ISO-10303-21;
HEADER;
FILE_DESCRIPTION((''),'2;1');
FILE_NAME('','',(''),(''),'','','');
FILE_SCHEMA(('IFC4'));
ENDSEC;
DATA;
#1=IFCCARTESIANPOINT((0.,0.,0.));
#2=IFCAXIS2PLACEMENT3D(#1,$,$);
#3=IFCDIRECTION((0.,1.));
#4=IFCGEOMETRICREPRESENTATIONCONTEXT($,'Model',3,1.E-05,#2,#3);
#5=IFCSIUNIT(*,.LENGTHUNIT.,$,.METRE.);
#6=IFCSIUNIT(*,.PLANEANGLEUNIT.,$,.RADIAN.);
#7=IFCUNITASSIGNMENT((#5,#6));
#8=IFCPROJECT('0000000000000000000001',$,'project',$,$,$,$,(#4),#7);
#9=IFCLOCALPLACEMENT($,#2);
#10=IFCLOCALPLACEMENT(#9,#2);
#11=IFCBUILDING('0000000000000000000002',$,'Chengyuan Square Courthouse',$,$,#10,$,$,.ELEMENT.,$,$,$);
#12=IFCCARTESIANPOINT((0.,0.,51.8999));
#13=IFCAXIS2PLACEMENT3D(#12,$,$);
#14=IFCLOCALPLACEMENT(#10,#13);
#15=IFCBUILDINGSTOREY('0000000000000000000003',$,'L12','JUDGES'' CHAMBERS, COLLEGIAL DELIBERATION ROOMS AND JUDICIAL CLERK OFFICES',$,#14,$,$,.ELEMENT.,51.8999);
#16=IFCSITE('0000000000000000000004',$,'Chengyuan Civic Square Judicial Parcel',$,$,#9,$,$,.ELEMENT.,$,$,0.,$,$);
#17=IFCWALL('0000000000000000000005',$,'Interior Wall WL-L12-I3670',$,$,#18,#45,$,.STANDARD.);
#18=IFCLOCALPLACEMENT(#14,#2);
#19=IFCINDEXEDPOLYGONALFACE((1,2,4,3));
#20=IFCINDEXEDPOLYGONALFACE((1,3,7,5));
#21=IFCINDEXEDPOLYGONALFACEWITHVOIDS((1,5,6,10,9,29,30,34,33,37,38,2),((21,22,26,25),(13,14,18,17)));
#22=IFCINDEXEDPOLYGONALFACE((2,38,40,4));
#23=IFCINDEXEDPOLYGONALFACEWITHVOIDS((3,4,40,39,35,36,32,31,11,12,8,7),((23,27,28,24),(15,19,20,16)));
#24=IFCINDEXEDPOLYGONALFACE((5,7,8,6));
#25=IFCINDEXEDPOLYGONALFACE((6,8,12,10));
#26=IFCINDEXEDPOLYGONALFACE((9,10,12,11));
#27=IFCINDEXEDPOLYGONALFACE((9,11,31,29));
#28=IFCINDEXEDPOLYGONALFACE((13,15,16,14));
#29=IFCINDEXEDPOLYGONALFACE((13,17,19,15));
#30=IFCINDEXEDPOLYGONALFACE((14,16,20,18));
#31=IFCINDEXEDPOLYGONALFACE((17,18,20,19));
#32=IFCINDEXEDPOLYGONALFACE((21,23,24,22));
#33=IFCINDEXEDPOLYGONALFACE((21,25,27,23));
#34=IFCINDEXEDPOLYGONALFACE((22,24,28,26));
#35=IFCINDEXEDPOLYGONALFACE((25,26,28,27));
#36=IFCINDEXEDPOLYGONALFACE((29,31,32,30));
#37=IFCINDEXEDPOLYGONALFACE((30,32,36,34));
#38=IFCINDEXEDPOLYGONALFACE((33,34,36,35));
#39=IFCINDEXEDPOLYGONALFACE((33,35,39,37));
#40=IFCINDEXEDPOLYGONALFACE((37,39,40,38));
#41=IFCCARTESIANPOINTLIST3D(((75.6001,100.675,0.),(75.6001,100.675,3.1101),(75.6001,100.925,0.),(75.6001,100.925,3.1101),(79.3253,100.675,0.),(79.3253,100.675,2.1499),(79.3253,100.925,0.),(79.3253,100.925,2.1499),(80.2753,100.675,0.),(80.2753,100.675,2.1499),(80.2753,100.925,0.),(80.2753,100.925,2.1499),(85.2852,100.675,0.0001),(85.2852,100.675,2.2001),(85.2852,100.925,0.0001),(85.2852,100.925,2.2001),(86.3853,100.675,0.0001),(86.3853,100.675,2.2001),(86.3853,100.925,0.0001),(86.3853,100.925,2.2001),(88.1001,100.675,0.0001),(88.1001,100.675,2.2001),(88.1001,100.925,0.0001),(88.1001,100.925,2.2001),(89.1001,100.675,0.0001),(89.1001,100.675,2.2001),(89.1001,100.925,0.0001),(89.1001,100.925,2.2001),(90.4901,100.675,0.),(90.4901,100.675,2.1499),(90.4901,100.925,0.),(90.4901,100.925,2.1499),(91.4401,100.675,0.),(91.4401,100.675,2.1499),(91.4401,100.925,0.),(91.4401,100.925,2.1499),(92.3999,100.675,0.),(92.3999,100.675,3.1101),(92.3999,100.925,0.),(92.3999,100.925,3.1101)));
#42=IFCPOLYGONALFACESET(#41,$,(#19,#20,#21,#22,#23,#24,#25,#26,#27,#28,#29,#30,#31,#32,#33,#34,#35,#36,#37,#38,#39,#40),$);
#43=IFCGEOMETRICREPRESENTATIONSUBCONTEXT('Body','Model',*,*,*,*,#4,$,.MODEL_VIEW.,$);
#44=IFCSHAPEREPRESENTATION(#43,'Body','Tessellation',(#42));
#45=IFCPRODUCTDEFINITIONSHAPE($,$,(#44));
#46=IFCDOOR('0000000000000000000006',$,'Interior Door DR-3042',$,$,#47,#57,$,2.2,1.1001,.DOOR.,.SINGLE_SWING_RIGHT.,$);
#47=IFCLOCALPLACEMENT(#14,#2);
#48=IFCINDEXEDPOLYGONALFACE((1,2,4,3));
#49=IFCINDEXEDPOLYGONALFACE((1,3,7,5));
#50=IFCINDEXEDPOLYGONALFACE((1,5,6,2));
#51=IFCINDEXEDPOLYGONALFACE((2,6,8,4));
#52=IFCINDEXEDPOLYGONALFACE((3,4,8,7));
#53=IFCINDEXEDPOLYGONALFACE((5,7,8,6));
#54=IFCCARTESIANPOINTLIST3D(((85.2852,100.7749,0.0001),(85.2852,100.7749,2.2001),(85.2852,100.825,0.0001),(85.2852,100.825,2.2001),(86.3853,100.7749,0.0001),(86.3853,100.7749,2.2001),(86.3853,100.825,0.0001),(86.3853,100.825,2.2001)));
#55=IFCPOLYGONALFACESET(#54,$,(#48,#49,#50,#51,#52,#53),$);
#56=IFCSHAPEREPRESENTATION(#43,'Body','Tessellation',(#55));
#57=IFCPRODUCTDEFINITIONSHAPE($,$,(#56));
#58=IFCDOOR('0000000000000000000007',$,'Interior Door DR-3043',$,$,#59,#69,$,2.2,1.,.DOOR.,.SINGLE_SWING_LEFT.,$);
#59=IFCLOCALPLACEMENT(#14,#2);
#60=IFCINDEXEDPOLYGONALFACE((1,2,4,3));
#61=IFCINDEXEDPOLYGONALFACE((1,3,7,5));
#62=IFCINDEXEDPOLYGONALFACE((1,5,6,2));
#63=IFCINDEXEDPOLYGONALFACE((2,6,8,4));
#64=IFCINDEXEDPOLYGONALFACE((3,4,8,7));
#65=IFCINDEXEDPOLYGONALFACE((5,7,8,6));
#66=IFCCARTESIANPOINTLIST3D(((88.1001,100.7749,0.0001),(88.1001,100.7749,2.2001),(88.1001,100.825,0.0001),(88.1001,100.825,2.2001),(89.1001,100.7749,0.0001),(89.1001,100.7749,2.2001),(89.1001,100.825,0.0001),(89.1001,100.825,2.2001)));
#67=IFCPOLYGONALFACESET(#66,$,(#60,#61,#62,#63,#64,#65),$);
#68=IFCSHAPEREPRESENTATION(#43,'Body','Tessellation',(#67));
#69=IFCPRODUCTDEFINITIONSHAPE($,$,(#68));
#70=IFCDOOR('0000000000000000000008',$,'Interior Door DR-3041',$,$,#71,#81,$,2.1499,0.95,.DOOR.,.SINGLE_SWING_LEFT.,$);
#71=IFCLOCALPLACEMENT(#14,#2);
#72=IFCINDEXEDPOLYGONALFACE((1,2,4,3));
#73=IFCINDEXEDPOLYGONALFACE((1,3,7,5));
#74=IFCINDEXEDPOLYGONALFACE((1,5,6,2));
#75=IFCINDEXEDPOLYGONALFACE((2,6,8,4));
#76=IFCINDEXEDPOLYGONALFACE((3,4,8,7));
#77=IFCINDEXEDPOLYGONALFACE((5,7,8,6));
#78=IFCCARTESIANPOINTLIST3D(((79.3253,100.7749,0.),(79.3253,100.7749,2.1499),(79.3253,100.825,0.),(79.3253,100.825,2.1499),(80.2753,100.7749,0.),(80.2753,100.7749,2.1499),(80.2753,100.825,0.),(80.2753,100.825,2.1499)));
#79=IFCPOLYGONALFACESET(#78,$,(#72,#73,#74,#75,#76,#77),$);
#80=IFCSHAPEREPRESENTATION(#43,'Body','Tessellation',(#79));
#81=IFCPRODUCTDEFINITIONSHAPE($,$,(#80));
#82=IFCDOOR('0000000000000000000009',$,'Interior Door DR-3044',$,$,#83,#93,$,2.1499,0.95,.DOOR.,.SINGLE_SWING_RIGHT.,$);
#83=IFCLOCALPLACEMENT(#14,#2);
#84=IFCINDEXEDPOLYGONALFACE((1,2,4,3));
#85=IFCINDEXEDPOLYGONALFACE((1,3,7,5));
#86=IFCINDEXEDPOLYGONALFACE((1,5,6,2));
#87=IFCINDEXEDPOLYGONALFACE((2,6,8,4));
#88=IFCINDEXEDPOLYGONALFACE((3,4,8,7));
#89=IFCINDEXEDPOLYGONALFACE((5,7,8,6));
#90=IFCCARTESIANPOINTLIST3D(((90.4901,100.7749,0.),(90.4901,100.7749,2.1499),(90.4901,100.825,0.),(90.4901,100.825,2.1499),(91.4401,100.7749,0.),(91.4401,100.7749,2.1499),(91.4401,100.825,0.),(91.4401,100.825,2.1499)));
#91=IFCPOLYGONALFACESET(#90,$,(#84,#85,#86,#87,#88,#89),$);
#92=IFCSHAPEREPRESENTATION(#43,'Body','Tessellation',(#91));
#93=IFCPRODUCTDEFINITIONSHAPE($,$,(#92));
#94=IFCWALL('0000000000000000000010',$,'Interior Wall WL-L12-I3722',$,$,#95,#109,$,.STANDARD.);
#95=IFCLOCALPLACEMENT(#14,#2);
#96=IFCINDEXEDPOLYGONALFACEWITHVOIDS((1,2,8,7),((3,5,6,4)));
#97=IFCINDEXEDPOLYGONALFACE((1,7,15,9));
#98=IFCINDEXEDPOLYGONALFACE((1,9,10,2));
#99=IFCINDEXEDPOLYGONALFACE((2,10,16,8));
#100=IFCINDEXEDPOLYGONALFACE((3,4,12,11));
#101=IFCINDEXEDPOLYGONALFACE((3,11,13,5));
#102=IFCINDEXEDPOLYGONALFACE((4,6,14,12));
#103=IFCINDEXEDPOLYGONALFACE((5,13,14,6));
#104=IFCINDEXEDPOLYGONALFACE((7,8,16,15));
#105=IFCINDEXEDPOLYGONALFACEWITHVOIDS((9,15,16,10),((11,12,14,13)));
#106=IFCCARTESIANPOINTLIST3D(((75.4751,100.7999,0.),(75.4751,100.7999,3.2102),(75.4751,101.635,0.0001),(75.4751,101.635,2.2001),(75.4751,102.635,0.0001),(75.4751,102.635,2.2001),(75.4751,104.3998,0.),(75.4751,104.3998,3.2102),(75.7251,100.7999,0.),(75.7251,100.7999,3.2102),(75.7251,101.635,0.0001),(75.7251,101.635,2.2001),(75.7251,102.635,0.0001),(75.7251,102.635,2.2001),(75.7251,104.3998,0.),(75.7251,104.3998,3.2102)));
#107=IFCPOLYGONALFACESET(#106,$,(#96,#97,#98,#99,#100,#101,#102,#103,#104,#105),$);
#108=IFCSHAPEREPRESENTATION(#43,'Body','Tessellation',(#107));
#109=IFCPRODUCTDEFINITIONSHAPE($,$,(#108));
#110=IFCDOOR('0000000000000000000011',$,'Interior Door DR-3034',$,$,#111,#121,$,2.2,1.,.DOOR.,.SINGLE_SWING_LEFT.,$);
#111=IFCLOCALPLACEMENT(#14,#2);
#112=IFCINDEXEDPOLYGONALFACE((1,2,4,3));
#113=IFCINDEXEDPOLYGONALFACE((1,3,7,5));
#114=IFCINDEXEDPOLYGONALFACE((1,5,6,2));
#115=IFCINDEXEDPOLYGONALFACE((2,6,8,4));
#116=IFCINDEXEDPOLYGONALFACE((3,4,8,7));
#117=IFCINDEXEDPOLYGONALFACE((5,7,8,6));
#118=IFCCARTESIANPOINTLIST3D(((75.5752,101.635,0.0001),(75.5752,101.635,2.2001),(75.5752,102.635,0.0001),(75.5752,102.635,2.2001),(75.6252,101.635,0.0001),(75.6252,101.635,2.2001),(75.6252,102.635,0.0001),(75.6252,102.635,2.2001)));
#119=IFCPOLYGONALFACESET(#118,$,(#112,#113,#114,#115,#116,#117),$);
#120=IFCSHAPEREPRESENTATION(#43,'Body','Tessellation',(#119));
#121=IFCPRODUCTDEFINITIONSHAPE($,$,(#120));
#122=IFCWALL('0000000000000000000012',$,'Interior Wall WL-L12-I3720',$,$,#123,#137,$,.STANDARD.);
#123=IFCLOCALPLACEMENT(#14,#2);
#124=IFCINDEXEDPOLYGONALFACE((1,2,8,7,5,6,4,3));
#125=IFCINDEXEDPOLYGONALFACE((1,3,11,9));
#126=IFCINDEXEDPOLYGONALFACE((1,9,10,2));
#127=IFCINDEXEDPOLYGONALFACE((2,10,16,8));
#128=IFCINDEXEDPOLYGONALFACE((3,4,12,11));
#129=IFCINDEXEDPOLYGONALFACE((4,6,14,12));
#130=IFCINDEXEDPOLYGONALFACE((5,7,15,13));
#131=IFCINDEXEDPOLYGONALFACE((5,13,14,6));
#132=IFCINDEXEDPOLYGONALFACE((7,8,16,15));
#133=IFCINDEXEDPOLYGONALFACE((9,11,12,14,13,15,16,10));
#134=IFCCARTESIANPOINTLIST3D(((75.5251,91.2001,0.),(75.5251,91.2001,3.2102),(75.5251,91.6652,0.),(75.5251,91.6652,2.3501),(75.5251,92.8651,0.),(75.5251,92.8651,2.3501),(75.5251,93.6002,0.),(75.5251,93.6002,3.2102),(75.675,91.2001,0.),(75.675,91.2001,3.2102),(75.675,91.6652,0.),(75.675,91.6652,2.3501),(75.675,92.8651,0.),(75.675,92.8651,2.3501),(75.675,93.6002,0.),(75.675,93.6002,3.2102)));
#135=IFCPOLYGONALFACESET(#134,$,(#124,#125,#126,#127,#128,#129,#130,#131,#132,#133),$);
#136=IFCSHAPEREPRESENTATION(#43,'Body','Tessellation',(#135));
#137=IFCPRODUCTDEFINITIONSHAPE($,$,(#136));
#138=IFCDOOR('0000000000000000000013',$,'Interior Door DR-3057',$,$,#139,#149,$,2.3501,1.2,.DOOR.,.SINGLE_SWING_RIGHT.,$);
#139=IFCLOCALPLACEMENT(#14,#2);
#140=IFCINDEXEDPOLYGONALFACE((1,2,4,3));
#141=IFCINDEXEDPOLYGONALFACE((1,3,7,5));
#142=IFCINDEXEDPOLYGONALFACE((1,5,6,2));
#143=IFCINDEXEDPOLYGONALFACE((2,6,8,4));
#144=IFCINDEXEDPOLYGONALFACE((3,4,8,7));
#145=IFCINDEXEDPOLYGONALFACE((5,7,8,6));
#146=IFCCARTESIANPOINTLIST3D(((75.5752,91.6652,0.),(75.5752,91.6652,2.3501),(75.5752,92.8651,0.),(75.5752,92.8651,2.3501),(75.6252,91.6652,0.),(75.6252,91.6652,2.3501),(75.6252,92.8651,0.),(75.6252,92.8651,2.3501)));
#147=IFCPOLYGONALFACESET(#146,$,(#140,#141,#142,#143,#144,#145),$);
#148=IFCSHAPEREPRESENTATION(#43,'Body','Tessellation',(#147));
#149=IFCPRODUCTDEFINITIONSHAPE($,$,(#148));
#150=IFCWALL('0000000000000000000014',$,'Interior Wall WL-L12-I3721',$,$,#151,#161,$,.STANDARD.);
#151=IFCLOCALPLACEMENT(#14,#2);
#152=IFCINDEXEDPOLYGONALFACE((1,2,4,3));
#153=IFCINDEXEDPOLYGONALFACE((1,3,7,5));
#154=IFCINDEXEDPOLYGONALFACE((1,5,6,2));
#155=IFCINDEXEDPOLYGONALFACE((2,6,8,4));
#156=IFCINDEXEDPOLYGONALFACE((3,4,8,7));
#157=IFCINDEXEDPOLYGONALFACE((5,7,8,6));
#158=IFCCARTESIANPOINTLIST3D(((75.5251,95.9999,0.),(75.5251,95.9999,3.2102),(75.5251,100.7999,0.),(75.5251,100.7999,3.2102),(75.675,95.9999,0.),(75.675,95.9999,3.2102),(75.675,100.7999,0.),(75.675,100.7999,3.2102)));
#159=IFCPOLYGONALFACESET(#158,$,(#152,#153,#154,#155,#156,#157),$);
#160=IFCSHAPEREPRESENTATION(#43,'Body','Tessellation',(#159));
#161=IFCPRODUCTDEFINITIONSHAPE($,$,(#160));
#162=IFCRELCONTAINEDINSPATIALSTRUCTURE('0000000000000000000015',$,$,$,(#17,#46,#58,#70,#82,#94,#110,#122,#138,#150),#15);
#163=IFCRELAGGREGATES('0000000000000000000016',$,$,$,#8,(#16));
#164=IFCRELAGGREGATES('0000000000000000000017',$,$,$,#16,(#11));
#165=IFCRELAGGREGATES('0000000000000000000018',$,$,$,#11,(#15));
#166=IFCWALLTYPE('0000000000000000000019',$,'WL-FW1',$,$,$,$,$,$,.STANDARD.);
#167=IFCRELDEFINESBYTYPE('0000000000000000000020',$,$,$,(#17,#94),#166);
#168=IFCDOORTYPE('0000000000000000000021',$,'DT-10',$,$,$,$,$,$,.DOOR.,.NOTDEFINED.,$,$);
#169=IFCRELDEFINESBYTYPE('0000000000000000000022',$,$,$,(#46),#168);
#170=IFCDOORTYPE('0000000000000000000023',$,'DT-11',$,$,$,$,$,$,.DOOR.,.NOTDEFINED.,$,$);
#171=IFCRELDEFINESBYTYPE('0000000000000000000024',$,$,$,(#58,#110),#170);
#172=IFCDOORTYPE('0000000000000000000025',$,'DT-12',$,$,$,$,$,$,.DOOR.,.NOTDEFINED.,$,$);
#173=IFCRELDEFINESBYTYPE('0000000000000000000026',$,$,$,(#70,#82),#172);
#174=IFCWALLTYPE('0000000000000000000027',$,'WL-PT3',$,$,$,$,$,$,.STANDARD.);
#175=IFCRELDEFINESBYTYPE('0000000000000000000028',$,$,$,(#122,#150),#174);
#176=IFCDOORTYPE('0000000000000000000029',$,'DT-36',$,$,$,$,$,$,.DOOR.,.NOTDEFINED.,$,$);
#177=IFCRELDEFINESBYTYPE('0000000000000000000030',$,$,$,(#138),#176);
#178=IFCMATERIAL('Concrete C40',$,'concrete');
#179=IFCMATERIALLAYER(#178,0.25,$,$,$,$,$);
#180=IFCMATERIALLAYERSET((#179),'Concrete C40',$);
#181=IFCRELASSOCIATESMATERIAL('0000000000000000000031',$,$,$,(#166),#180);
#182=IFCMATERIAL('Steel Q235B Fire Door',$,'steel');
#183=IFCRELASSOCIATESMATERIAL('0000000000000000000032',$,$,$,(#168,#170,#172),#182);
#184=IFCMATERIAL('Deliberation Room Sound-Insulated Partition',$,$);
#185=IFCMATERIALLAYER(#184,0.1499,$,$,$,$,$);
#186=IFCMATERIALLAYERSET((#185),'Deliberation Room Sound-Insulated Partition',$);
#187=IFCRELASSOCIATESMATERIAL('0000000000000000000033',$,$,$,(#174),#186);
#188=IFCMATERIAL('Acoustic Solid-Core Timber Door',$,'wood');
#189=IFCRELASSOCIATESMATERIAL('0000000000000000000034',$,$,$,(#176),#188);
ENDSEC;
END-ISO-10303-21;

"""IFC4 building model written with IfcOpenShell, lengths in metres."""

from ifc_helpers import new_model, si_unit, direction, frame, frame_2d, origin, place, context, subcontext, project, spatial, rectangle, extrude, material, layer, layer_set, type_object, element, fill, save


model = new_model("IFC4")

# Units and contexts
model_context = context("Model", 3, precision=1e-05, world=origin(), true_north=direction((0.0, 1.0)))
body_context = subcontext(model_context, "Body", "Model", "MODEL_VIEW")
ifc_project = project(units=[si_unit("LENGTHUNIT", "METRE"), si_unit("PLANEANGLEUNIT", "RADIAN")], contexts=[model_context])

# Site, building, storey
site_placement = place(None, origin())
site = spatial("IfcSite", under=ifc_project, at=site_placement, Name="Chengyuan Civic Square Judicial Parcel", CompositionType="ELEMENT", RefElevation=0.0)
building_placement = place(site_placement, origin())
building = spatial("IfcBuilding", under=site, at=building_placement, Name="Chengyuan Square Courthouse", CompositionType="ELEMENT")
storey_placement = place(building_placement, frame((0.0, 0.0, 51.8999)))
storey = spatial("IfcBuildingStorey", under=building, at=storey_placement, Name="L12", Description="JUDGES' CHAMBERS, COLLEGIAL DELIBERATION ROOMS AND JUDICIAL CLERK OFFICES", CompositionType="ELEMENT", Elevation=51.8999)

# Shared definitions
ifc_material_1 = material(Name="Concrete C40", Category="concrete")

# Wall, openings, doors
ifc_layer_1 = layer(ifc_material_1, 0.25)
ifc_layer_set_1 = layer_set([ifc_layer_1], Name="Concrete C40")
wall_type_1 = type_object("IfcWallType", Name="WL-FW1", PredefinedType="STANDARD", material=ifc_layer_set_1)
wall_1_placement = place(storey_placement, frame((75.6001, 100.8, 0.0), z_axis=(0.0, 0.0, 1.0), x_axis=(1.0, 0.0, 0.0)))
wall_1 = element("IfcWall", 1, at=wall_1_placement, inside=storey, type_object=wall_type_1, Name="Interior Wall WL-L12-I3670", PredefinedType="STANDARD", context=body_context, shape_type="SweptSolid", body=[
    extrude(rectangle(XDim=16.7998, YDim=0.25, at=frame_2d((8.3999, 0.0))), origin(), (0.0, 0.0, 1.0), 3.1101),
])
opening_1_placement = place(wall_1_placement, frame((3.7251, 0.0, 0.0)))
opening_1 = element("IfcOpeningElement", 2, at=opening_1_placement, cuts=wall_1, PredefinedType="OPENING", context=body_context, shape_type="SweptSolid", body=[
    extrude(rectangle(XDim=0.95, YDim=2.1499, at=frame_2d((0.4751, 1.075))), frame((0.0, 0.137, 0.0), z_axis=(0.0, -1.0, 0.0), x_axis=(1.0, 0.0, 0.0)), (0.0, 0.0, 1.0), 0.2739),
])
opening_2_placement = place(wall_1_placement, frame((9.6851, 0.0, 0.0)))
opening_2 = element("IfcOpeningElement", 3, at=opening_2_placement, cuts=wall_1, PredefinedType="OPENING", context=body_context, shape_type="SweptSolid", body=[
    extrude(rectangle(XDim=1.1001, YDim=2.2, at=frame_2d((0.55, 1.1001))), frame((0.0, 0.137, 0.0), z_axis=(0.0, -1.0, 0.0), x_axis=(1.0, 0.0, 0.0)), (0.0, 0.0, 1.0), 0.2739),
])
opening_3_placement = place(wall_1_placement, frame((12.5, 0.0, 0.0)))
opening_3 = element("IfcOpeningElement", 4, at=opening_3_placement, cuts=wall_1, PredefinedType="OPENING", context=body_context, shape_type="SweptSolid", body=[
    extrude(rectangle(XDim=1.0, YDim=2.2, at=frame_2d((0.5, 1.1001))), frame((0.0, 0.137, 0.0), z_axis=(0.0, -1.0, 0.0), x_axis=(1.0, 0.0, 0.0)), (0.0, 0.0, 1.0), 0.2739),
])
opening_4_placement = place(wall_1_placement, frame((14.8899, 0.0, 0.0)))
opening_4 = element("IfcOpeningElement", 5, at=opening_4_placement, cuts=wall_1, PredefinedType="OPENING", context=body_context, shape_type="SweptSolid", body=[
    extrude(rectangle(XDim=0.95, YDim=2.1499, at=frame_2d((0.4751, 1.075))), frame((0.0, 0.137, 0.0), z_axis=(0.0, -1.0, 0.0), x_axis=(1.0, 0.0, 0.0)), (0.0, 0.0, 1.0), 0.2739),
])
ifc_material_2 = material(Name="Steel Q235B Fire Door", Category="steel")
door_type_1 = type_object("IfcDoorType", Name="DT-10", OperationType="NOTDEFINED", PredefinedType="DOOR", material=ifc_material_2)
door_1_placement = place(opening_2_placement, origin())
door_1 = element("IfcDoor", 6, at=door_1_placement, inside=storey, type_object=door_type_1, Name="Interior Door DR-3042", OperationType="SINGLE_SWING_RIGHT", OverallHeight=2.2, OverallWidth=1.1001, PredefinedType="DOOR", context=body_context, shape_type="SweptSolid", body=[
    extrude(rectangle(XDim=1.1001, YDim=2.2, at=frame_2d((0.55, 1.1001))), frame((0.0, 0.0249, 0.0), z_axis=(0.0, -1.0, 0.0), x_axis=(1.0, 0.0, 0.0)), (0.0, 0.0, 1.0), 0.05),
])
fill(opening_2, door_1)
door_type_2 = type_object("IfcDoorType", Name="DT-11", OperationType="NOTDEFINED", PredefinedType="DOOR", material=ifc_material_2)
door_2_placement = place(opening_3_placement, origin())
door_2 = element("IfcDoor", 7, at=door_2_placement, inside=storey, type_object=door_type_2, Name="Interior Door DR-3043", OperationType="SINGLE_SWING_LEFT", OverallHeight=2.2, OverallWidth=1.0, PredefinedType="DOOR", context=body_context, shape_type="SweptSolid", body=[
    extrude(rectangle(XDim=1.0, YDim=2.2, at=frame_2d((0.5, 1.1001))), frame((0.0, 0.0249, 0.0), z_axis=(0.0, -1.0, 0.0), x_axis=(1.0, 0.0, 0.0)), (0.0, 0.0, 1.0), 0.05),
])
fill(opening_3, door_2)
door_type_3 = type_object("IfcDoorType", Name="DT-12", OperationType="NOTDEFINED", PredefinedType="DOOR", material=ifc_material_2)
door_3_placement = place(opening_1_placement, origin())
door_3 = element("IfcDoor", 8, at=door_3_placement, inside=storey, type_object=door_type_3, Name="Interior Door DR-3041", OperationType="SINGLE_SWING_LEFT", OverallHeight=2.1499, OverallWidth=0.95, PredefinedType="DOOR", context=body_context, shape_type="SweptSolid", body=[
    extrude(rectangle(XDim=0.95, YDim=2.1499, at=frame_2d((0.4751, 1.075))), frame((0.0, 0.0249, 0.0), z_axis=(0.0, -1.0, 0.0), x_axis=(1.0, 0.0, 0.0)), (0.0, 0.0, 1.0), 0.05),
])
fill(opening_1, door_3)
door_4_placement = place(opening_4_placement, origin())
door_4 = element("IfcDoor", 9, at=door_4_placement, inside=storey, type_object=door_type_3, Name="Interior Door DR-3044", OperationType="SINGLE_SWING_RIGHT", OverallHeight=2.1499, OverallWidth=0.95, PredefinedType="DOOR", context=body_context, shape_type="SweptSolid", body=[
    extrude(rectangle(XDim=0.95, YDim=2.1499, at=frame_2d((0.4751, 1.075))), frame((0.0, 0.0249, 0.0), z_axis=(0.0, -1.0, 0.0), x_axis=(1.0, 0.0, 0.0)), (0.0, 0.0, 1.0), 0.05),
])
fill(opening_4, door_4)

# Walls, openings, doors
wall_2_placement = place(storey_placement, frame((75.6001, 100.8, 0.0), z_axis=(0.0, 0.0, 1.0), x_axis=(0.0, 1.0, 0.0)))
wall_2 = element("IfcWall", 10, at=wall_2_placement, inside=storey, type_object=wall_type_1, Name="Interior Wall WL-L12-I3722", PredefinedType="STANDARD", context=body_context, shape_type="SweptSolid", body=[
    extrude(rectangle(XDim=3.5999, YDim=0.25, at=frame_2d((1.7998, 0.0))), origin(), (0.0, 0.0, 1.0), 3.2102),
])
opening_5_placement = place(wall_2_placement, frame((0.835, 0.0, 0.0)))
opening_5 = element("IfcOpeningElement", 11, at=opening_5_placement, cuts=wall_2, PredefinedType="OPENING", context=body_context, shape_type="SweptSolid", body=[
    extrude(rectangle(XDim=1.0, YDim=2.2, at=frame_2d((0.5, 1.1001))), frame((0.0, 0.137, 0.0), z_axis=(0.0, -1.0, 0.0), x_axis=(1.0, 0.0, 0.0)), (0.0, 0.0, 1.0), 0.2739),
])
door_5_placement = place(opening_5_placement, origin())
door_5 = element("IfcDoor", 12, at=door_5_placement, inside=storey, type_object=door_type_2, Name="Interior Door DR-3034", OperationType="SINGLE_SWING_LEFT", OverallHeight=2.2, OverallWidth=1.0, PredefinedType="DOOR", context=body_context, shape_type="SweptSolid", body=[
    extrude(rectangle(XDim=1.0, YDim=2.2, at=frame_2d((0.5, 1.1001))), frame((0.0, 0.0249, 0.0), z_axis=(0.0, -1.0, 0.0), x_axis=(1.0, 0.0, 0.0)), (0.0, 0.0, 1.0), 0.05),
])
fill(opening_5, door_5)
ifc_material_3 = material(Name="Deliberation Room Sound-Insulated Partition")
ifc_layer_2 = layer(ifc_material_3, 0.1499)
ifc_layer_set_2 = layer_set([ifc_layer_2], Name="Deliberation Room Sound-Insulated Partition")
wall_type_2 = type_object("IfcWallType", Name="WL-PT3", PredefinedType="STANDARD", material=ifc_layer_set_2)
wall_3_placement = place(storey_placement, frame((75.6001, 91.2, 0.0), z_axis=(0.0, 0.0, 1.0), x_axis=(0.0, 1.0, 0.0)))
wall_3 = element("IfcWall", 13, at=wall_3_placement, inside=storey, type_object=wall_type_2, Name="Interior Wall WL-L12-I3720", PredefinedType="STANDARD", context=body_context, shape_type="SweptSolid", body=[
    extrude(rectangle(XDim=2.4001, YDim=0.1499, at=frame_2d((1.2002, 0.0))), origin(), (0.0, 0.0, 1.0), 3.2102),
])
opening_6_placement = place(wall_3_placement, frame((0.4651, 0.0, 0.0)))
opening_6 = element("IfcOpeningElement", 14, at=opening_6_placement, cuts=wall_3, PredefinedType="OPENING", context=body_context, shape_type="SweptSolid", body=[
    extrude(rectangle(XDim=1.2, YDim=2.3501, at=frame_2d((0.6001, 1.175))), frame((0.0, 0.0869, 0.0), z_axis=(0.0, -1.0, 0.0), x_axis=(1.0, 0.0, 0.0)), (0.0, 0.0, 1.0), 0.1738),
])
ifc_material_4 = material(Name="Acoustic Solid-Core Timber Door", Category="wood")
door_type_4 = type_object("IfcDoorType", Name="DT-36", OperationType="NOTDEFINED", PredefinedType="DOOR", material=ifc_material_4)
door_6_placement = place(opening_6_placement, origin())
door_6 = element("IfcDoor", 15, at=door_6_placement, inside=storey, type_object=door_type_4, Name="Interior Door DR-3057", OperationType="SINGLE_SWING_RIGHT", OverallHeight=2.3501, OverallWidth=1.2, PredefinedType="DOOR", context=body_context, shape_type="SweptSolid", body=[
    extrude(rectangle(XDim=1.2, YDim=2.3501, at=frame_2d((0.6001, 1.175))), frame((0.0, 0.0249, 0.0), z_axis=(0.0, -1.0, 0.0), x_axis=(1.0, 0.0, 0.0)), (0.0, 0.0, 1.0), 0.05),
])
fill(opening_6, door_6)

# Wall
wall_4_placement = place(storey_placement, frame((75.6001, 96.0, 0.0), z_axis=(0.0, 0.0, 1.0), x_axis=(0.0, 1.0, 0.0)))
element("IfcWall", 16, at=wall_4_placement, inside=storey, type_object=wall_type_2, Name="Interior Wall WL-L12-I3721", PredefinedType="STANDARD", context=body_context, shape_type="SweptSolid", body=[
    extrude(rectangle(XDim=4.8, YDim=0.1499, at=frame_2d((2.3999, 0.0))), origin(), (0.0, 0.0, 1.0), 3.2102),
])

save(model, "model.ifc")
